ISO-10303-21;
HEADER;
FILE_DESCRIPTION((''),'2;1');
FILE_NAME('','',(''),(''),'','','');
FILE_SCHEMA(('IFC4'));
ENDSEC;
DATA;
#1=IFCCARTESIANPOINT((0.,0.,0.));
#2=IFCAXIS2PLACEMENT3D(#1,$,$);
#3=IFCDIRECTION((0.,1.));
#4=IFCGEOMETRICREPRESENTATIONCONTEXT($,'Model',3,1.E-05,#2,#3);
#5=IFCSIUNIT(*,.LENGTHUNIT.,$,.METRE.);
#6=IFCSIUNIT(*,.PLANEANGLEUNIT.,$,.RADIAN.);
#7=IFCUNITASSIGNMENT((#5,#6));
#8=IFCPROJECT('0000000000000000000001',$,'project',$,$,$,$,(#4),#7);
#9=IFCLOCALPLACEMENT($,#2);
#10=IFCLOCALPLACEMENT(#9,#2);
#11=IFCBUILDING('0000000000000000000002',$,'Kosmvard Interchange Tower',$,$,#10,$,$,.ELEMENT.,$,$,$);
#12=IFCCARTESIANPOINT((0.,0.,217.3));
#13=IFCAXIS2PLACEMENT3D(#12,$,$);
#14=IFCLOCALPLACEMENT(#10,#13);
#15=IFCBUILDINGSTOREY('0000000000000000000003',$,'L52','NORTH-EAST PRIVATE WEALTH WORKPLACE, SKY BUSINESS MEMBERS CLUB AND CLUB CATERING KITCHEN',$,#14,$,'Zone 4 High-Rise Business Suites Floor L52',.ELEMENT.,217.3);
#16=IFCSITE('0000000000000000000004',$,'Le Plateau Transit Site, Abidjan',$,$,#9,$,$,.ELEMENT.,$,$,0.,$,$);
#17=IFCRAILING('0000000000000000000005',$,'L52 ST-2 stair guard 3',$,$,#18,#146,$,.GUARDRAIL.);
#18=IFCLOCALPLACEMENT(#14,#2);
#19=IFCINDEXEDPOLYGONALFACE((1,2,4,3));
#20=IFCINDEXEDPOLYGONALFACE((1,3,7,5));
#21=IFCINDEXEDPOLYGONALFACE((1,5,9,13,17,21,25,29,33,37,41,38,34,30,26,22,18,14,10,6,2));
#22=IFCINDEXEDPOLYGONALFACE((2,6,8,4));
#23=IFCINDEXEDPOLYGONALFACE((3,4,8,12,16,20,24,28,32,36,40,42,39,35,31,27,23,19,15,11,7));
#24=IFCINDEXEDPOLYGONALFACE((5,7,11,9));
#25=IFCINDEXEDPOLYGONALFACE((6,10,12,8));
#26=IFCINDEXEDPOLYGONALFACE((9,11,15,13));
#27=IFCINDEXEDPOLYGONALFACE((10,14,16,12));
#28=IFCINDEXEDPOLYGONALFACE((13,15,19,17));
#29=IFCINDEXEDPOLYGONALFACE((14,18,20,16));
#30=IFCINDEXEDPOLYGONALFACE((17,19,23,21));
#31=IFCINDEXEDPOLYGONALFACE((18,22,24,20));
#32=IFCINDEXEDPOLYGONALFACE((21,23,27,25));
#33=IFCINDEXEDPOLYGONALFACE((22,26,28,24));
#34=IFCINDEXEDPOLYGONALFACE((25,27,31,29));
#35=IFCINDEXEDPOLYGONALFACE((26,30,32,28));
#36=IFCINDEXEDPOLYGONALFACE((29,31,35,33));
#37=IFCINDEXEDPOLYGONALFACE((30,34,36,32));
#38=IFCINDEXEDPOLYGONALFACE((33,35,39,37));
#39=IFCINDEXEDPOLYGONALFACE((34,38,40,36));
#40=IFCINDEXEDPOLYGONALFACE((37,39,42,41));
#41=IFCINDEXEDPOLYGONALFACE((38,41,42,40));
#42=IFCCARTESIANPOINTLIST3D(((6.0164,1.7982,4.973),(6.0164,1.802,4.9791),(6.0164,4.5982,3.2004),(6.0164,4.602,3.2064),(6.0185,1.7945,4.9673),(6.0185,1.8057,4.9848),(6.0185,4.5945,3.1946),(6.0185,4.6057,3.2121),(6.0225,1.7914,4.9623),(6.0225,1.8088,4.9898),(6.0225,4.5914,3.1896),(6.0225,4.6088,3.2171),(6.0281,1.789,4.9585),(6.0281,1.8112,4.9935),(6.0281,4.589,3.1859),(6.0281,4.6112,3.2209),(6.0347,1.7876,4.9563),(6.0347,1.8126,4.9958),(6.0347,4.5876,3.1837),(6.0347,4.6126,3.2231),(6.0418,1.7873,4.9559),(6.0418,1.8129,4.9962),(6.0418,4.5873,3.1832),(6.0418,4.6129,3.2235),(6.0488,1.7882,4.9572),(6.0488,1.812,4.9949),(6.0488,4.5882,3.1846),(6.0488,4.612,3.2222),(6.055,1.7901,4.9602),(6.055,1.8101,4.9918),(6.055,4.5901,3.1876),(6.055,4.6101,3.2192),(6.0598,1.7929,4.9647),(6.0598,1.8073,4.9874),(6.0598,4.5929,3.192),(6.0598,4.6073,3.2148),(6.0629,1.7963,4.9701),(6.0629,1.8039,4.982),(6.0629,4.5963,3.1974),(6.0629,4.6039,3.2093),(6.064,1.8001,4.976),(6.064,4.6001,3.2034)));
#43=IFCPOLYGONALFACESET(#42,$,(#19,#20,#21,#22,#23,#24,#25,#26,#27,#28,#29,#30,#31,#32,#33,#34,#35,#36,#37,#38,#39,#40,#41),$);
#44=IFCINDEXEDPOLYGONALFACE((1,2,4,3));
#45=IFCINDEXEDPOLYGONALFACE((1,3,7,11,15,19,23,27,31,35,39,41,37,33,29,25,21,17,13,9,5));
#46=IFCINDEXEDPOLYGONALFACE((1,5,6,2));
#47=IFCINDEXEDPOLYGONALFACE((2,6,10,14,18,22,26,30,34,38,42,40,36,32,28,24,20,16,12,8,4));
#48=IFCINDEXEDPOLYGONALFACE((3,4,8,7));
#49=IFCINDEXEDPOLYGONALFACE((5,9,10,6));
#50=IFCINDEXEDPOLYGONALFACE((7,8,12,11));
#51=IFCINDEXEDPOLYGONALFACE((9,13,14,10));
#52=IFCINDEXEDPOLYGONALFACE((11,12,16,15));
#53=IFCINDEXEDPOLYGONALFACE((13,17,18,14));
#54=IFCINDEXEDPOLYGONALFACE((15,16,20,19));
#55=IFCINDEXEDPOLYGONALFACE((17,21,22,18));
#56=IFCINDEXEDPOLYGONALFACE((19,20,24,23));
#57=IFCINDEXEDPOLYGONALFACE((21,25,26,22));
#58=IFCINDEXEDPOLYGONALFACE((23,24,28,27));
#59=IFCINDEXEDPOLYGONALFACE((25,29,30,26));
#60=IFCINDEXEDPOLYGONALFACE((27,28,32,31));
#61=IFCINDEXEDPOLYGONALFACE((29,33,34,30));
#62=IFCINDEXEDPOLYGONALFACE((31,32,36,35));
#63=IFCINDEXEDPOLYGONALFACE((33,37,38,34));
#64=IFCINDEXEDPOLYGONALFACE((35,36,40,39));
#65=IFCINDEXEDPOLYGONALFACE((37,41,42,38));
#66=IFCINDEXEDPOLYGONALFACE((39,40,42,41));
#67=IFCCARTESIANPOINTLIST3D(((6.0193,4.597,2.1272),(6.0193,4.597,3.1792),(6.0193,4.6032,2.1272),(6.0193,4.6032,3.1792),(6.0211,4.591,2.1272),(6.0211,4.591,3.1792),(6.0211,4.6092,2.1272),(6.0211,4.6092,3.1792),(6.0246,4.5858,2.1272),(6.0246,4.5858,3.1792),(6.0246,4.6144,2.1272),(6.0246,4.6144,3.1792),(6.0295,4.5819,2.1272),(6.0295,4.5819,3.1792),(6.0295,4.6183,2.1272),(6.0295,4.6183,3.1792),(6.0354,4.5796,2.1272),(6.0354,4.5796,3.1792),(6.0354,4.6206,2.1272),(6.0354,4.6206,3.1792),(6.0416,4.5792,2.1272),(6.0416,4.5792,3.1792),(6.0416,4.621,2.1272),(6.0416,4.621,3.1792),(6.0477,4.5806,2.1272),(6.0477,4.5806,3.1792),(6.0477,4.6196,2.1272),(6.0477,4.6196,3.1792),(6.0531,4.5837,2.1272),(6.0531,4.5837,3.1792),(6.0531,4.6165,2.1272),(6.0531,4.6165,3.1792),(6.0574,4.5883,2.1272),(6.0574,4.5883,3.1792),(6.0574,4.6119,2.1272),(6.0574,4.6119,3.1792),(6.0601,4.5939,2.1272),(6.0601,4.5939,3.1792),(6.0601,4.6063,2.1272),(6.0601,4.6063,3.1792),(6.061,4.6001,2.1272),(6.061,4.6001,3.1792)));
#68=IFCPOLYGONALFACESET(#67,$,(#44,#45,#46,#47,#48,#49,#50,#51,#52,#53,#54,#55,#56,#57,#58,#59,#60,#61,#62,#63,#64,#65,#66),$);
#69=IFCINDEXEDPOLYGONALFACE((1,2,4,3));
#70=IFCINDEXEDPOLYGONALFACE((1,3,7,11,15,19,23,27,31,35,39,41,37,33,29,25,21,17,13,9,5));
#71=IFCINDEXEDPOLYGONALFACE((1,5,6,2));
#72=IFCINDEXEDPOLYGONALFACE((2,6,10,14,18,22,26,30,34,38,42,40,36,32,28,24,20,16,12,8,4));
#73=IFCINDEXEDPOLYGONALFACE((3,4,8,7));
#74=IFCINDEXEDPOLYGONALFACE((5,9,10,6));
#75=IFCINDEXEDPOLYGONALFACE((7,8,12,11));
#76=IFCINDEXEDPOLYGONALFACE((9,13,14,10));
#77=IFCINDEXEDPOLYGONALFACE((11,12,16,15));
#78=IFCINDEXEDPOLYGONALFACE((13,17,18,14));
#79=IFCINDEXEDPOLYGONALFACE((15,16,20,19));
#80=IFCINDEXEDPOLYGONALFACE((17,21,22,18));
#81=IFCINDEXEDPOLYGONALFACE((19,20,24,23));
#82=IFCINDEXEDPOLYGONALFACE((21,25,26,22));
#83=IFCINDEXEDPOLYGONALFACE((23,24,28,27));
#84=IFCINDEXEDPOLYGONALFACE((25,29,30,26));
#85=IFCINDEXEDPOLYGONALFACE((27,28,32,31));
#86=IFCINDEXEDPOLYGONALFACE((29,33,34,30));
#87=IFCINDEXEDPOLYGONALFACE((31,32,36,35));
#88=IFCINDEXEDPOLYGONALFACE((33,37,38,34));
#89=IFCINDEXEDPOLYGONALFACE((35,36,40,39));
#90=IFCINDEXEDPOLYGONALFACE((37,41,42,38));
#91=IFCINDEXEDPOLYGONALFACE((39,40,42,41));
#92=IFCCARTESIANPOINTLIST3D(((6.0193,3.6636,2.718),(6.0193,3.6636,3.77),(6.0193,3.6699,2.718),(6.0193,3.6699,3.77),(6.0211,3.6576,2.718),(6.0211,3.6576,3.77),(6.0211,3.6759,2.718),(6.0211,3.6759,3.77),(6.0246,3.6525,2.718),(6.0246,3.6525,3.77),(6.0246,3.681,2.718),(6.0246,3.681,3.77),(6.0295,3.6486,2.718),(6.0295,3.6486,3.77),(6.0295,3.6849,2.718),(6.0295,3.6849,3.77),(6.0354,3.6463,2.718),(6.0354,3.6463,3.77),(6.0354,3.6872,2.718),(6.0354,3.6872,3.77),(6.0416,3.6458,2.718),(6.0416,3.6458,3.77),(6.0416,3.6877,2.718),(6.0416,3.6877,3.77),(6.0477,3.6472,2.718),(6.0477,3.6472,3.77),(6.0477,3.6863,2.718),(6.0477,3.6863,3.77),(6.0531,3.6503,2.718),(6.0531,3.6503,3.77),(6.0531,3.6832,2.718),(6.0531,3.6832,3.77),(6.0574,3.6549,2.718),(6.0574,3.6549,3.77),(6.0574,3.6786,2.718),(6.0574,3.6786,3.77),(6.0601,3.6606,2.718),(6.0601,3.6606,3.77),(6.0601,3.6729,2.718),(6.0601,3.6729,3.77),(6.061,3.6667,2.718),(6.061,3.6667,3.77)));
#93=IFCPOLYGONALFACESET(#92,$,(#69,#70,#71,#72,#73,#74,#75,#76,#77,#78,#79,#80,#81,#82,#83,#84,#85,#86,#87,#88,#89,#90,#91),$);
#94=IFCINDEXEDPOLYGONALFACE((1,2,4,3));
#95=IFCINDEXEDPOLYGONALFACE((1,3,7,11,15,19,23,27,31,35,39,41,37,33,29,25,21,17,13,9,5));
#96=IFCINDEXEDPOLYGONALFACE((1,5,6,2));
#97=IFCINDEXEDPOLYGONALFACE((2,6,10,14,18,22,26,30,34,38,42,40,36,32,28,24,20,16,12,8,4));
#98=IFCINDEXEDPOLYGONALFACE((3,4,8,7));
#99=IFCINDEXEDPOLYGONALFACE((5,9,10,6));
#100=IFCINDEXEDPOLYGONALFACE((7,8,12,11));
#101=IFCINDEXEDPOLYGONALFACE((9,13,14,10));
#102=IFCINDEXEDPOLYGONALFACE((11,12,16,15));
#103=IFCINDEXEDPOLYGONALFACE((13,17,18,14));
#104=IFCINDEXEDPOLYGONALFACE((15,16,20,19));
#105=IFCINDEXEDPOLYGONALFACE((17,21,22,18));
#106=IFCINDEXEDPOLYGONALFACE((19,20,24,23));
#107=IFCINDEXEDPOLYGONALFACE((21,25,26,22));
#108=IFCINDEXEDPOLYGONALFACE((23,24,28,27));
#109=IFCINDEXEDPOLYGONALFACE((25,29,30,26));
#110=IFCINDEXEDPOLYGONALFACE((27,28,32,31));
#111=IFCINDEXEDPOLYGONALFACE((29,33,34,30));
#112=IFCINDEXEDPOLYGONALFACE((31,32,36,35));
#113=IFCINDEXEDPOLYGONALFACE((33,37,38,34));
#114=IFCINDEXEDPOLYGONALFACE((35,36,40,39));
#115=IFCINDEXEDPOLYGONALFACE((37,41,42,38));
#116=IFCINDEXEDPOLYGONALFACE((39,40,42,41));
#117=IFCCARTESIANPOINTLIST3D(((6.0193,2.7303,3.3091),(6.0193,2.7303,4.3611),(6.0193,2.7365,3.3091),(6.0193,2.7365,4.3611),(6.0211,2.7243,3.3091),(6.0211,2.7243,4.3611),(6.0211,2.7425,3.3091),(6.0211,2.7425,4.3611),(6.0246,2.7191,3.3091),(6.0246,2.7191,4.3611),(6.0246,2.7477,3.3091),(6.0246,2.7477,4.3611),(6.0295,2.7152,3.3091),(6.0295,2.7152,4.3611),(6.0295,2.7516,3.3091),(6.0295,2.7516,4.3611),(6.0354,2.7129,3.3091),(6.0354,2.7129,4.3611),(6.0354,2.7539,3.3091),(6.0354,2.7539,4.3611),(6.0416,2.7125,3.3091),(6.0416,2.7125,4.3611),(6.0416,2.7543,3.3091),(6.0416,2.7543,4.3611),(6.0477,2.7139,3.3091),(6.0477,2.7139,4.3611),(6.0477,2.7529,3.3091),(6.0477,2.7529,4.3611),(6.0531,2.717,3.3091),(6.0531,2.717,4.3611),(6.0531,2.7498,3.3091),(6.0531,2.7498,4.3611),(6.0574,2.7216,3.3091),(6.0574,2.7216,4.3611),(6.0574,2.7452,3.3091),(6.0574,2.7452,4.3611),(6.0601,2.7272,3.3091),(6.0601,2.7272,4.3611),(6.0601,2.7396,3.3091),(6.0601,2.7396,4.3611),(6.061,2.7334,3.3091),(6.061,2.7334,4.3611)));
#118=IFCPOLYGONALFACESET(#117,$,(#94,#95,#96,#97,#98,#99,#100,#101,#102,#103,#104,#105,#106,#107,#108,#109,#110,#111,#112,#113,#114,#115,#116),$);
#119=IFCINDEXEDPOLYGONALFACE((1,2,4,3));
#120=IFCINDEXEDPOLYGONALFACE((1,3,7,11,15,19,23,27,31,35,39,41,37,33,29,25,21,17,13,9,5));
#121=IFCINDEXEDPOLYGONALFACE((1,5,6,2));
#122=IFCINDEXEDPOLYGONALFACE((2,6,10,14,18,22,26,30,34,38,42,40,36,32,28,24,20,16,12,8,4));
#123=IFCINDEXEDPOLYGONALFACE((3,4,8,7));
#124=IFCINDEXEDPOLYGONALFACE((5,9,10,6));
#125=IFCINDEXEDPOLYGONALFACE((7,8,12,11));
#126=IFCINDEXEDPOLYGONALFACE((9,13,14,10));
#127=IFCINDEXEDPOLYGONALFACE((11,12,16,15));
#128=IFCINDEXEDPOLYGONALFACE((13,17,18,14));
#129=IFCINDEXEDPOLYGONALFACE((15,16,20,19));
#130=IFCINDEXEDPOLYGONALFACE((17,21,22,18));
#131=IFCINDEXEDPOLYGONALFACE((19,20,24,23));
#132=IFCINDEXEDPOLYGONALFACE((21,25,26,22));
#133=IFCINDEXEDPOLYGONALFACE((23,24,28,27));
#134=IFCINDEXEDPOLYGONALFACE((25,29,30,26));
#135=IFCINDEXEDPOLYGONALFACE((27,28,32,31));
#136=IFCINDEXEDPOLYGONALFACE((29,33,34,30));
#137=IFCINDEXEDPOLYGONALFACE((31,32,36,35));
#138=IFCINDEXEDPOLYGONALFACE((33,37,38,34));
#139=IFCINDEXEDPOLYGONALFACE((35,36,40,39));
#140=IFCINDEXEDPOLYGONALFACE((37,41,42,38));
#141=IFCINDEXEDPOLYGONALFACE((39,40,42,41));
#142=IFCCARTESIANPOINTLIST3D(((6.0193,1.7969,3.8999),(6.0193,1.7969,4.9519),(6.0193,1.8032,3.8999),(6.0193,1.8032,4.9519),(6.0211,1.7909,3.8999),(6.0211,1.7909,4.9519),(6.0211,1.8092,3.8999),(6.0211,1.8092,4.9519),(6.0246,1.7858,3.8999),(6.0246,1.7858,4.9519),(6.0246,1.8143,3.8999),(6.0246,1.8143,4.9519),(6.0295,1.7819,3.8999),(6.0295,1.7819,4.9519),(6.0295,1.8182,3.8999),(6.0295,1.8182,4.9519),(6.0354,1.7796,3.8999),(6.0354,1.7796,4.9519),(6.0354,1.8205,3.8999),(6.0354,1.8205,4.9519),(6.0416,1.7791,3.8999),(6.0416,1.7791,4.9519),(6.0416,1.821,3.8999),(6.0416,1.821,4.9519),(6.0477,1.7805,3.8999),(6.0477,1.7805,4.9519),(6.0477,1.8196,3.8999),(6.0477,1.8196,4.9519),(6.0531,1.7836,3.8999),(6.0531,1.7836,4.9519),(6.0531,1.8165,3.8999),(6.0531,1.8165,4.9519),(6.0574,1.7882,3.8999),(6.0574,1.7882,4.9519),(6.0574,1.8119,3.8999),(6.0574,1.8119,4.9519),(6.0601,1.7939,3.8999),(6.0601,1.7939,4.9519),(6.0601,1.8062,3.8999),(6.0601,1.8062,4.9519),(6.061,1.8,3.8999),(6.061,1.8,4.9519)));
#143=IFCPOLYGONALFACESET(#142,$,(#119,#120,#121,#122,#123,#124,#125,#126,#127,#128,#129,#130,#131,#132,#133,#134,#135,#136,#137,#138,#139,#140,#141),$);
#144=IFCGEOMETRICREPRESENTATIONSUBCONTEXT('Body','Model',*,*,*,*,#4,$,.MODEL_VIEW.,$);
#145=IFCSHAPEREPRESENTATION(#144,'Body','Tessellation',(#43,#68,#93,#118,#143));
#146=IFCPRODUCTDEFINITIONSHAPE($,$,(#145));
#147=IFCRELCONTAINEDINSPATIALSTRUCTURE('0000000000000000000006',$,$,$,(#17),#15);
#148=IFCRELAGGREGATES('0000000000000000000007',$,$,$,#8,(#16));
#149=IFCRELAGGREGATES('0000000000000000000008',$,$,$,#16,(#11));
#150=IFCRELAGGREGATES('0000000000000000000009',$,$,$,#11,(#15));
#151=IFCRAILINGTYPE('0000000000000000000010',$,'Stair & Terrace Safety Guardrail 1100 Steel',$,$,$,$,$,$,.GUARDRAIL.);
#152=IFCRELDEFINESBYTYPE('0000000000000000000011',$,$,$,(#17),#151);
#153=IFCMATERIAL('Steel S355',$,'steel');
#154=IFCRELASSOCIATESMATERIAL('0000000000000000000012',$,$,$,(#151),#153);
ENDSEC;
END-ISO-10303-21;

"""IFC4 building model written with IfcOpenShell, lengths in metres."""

from ifc_helpers import new_model, si_unit, direction, frame, origin, origin_2d, place, context, subcontext, project, spatial, circle, extrude, source, transform, mapped, material, type_object, element, save


model = new_model("IFC4")

# Units and contexts
model_context = context("Model", 3, precision=1e-05, world=origin(), true_north=direction((0.0, 1.0)))
body_context = subcontext(model_context, "Body", "Model", "MODEL_VIEW")
ifc_project = project(units=[si_unit("LENGTHUNIT", "METRE"), si_unit("PLANEANGLEUNIT", "RADIAN")], contexts=[model_context])

# Site, building, storey
site_placement = place(None, origin())
site = spatial("IfcSite", under=ifc_project, at=site_placement, Name="Le Plateau Transit Site, Abidjan", CompositionType="ELEMENT", RefElevation=0.0)
building_placement = place(site_placement, origin())
building = spatial("IfcBuilding", under=site, at=building_placement, Name="Kosmvard Interchange Tower", CompositionType="ELEMENT")
storey_placement = place(building_placement, frame((0.0, 0.0, 217.3)))
storey = spatial("IfcBuildingStorey", under=building, at=storey_placement, Name="L52", Description="NORTH-EAST PRIVATE WEALTH WORKPLACE, SKY BUSINESS MEMBERS CLUB AND CLUB CATERING KITCHEN", LongName="Zone 4 High-Rise Business Suites Floor L52", CompositionType="ELEMENT", Elevation=217.3)

# Shared definitions
ifc_material_1 = material(Name="Steel S355", Category="steel")

# Railing
railing_type_1 = type_object("IfcRailingType", Name="Stair & Terrace Safety Guardrail 1100 Steel", PredefinedType="GUARDRAIL", material=ifc_material_1)
shared_shape_1 = source(origin(), body_context, "Body", "SweptSolid", [
    extrude(circle(Radius=0.0239, at=origin_2d()), frame((0.0, 0.0, 1.0762), z_axis=(0.0, -0.844909, 0.53491), x_axis=(1.0, 0.0, 0.0)), (0.0, 0.0, 1.0), 3.314),
    extrude(circle(Radius=0.021, at=origin_2d()), origin(), (0.0, 0.0, 1.0), 1.052),
    extrude(circle(Radius=0.021, at=origin_2d()), frame((0.0, -0.9333, 0.5908)), (0.0, 0.0, 1.0), 1.052),
    extrude(circle(Radius=0.021, at=origin_2d()), frame((0.0, -1.8667, 1.1819)), (0.0, 0.0, 1.0), 1.052),
    extrude(circle(Radius=0.021, at=origin_2d()), frame((0.0, -2.8, 1.7727)), (0.0, 0.0, 1.0), 1.052),
])
railing_1_placement = place(storey_placement, frame((6.04, 4.6001, 2.1272)))
element("IfcRailing", 1, at=railing_1_placement, inside=storey, type_object=railing_type_1, Name="L52 ST-2 stair guard 3", PredefinedType="GUARDRAIL", context=body_context, shape_type="MappedRepresentation", body=[
    mapped(shared_shape_1, transform((0.0, 0.0, 0.0), scale=1.0)),
])

save(model, "model.ifc")
